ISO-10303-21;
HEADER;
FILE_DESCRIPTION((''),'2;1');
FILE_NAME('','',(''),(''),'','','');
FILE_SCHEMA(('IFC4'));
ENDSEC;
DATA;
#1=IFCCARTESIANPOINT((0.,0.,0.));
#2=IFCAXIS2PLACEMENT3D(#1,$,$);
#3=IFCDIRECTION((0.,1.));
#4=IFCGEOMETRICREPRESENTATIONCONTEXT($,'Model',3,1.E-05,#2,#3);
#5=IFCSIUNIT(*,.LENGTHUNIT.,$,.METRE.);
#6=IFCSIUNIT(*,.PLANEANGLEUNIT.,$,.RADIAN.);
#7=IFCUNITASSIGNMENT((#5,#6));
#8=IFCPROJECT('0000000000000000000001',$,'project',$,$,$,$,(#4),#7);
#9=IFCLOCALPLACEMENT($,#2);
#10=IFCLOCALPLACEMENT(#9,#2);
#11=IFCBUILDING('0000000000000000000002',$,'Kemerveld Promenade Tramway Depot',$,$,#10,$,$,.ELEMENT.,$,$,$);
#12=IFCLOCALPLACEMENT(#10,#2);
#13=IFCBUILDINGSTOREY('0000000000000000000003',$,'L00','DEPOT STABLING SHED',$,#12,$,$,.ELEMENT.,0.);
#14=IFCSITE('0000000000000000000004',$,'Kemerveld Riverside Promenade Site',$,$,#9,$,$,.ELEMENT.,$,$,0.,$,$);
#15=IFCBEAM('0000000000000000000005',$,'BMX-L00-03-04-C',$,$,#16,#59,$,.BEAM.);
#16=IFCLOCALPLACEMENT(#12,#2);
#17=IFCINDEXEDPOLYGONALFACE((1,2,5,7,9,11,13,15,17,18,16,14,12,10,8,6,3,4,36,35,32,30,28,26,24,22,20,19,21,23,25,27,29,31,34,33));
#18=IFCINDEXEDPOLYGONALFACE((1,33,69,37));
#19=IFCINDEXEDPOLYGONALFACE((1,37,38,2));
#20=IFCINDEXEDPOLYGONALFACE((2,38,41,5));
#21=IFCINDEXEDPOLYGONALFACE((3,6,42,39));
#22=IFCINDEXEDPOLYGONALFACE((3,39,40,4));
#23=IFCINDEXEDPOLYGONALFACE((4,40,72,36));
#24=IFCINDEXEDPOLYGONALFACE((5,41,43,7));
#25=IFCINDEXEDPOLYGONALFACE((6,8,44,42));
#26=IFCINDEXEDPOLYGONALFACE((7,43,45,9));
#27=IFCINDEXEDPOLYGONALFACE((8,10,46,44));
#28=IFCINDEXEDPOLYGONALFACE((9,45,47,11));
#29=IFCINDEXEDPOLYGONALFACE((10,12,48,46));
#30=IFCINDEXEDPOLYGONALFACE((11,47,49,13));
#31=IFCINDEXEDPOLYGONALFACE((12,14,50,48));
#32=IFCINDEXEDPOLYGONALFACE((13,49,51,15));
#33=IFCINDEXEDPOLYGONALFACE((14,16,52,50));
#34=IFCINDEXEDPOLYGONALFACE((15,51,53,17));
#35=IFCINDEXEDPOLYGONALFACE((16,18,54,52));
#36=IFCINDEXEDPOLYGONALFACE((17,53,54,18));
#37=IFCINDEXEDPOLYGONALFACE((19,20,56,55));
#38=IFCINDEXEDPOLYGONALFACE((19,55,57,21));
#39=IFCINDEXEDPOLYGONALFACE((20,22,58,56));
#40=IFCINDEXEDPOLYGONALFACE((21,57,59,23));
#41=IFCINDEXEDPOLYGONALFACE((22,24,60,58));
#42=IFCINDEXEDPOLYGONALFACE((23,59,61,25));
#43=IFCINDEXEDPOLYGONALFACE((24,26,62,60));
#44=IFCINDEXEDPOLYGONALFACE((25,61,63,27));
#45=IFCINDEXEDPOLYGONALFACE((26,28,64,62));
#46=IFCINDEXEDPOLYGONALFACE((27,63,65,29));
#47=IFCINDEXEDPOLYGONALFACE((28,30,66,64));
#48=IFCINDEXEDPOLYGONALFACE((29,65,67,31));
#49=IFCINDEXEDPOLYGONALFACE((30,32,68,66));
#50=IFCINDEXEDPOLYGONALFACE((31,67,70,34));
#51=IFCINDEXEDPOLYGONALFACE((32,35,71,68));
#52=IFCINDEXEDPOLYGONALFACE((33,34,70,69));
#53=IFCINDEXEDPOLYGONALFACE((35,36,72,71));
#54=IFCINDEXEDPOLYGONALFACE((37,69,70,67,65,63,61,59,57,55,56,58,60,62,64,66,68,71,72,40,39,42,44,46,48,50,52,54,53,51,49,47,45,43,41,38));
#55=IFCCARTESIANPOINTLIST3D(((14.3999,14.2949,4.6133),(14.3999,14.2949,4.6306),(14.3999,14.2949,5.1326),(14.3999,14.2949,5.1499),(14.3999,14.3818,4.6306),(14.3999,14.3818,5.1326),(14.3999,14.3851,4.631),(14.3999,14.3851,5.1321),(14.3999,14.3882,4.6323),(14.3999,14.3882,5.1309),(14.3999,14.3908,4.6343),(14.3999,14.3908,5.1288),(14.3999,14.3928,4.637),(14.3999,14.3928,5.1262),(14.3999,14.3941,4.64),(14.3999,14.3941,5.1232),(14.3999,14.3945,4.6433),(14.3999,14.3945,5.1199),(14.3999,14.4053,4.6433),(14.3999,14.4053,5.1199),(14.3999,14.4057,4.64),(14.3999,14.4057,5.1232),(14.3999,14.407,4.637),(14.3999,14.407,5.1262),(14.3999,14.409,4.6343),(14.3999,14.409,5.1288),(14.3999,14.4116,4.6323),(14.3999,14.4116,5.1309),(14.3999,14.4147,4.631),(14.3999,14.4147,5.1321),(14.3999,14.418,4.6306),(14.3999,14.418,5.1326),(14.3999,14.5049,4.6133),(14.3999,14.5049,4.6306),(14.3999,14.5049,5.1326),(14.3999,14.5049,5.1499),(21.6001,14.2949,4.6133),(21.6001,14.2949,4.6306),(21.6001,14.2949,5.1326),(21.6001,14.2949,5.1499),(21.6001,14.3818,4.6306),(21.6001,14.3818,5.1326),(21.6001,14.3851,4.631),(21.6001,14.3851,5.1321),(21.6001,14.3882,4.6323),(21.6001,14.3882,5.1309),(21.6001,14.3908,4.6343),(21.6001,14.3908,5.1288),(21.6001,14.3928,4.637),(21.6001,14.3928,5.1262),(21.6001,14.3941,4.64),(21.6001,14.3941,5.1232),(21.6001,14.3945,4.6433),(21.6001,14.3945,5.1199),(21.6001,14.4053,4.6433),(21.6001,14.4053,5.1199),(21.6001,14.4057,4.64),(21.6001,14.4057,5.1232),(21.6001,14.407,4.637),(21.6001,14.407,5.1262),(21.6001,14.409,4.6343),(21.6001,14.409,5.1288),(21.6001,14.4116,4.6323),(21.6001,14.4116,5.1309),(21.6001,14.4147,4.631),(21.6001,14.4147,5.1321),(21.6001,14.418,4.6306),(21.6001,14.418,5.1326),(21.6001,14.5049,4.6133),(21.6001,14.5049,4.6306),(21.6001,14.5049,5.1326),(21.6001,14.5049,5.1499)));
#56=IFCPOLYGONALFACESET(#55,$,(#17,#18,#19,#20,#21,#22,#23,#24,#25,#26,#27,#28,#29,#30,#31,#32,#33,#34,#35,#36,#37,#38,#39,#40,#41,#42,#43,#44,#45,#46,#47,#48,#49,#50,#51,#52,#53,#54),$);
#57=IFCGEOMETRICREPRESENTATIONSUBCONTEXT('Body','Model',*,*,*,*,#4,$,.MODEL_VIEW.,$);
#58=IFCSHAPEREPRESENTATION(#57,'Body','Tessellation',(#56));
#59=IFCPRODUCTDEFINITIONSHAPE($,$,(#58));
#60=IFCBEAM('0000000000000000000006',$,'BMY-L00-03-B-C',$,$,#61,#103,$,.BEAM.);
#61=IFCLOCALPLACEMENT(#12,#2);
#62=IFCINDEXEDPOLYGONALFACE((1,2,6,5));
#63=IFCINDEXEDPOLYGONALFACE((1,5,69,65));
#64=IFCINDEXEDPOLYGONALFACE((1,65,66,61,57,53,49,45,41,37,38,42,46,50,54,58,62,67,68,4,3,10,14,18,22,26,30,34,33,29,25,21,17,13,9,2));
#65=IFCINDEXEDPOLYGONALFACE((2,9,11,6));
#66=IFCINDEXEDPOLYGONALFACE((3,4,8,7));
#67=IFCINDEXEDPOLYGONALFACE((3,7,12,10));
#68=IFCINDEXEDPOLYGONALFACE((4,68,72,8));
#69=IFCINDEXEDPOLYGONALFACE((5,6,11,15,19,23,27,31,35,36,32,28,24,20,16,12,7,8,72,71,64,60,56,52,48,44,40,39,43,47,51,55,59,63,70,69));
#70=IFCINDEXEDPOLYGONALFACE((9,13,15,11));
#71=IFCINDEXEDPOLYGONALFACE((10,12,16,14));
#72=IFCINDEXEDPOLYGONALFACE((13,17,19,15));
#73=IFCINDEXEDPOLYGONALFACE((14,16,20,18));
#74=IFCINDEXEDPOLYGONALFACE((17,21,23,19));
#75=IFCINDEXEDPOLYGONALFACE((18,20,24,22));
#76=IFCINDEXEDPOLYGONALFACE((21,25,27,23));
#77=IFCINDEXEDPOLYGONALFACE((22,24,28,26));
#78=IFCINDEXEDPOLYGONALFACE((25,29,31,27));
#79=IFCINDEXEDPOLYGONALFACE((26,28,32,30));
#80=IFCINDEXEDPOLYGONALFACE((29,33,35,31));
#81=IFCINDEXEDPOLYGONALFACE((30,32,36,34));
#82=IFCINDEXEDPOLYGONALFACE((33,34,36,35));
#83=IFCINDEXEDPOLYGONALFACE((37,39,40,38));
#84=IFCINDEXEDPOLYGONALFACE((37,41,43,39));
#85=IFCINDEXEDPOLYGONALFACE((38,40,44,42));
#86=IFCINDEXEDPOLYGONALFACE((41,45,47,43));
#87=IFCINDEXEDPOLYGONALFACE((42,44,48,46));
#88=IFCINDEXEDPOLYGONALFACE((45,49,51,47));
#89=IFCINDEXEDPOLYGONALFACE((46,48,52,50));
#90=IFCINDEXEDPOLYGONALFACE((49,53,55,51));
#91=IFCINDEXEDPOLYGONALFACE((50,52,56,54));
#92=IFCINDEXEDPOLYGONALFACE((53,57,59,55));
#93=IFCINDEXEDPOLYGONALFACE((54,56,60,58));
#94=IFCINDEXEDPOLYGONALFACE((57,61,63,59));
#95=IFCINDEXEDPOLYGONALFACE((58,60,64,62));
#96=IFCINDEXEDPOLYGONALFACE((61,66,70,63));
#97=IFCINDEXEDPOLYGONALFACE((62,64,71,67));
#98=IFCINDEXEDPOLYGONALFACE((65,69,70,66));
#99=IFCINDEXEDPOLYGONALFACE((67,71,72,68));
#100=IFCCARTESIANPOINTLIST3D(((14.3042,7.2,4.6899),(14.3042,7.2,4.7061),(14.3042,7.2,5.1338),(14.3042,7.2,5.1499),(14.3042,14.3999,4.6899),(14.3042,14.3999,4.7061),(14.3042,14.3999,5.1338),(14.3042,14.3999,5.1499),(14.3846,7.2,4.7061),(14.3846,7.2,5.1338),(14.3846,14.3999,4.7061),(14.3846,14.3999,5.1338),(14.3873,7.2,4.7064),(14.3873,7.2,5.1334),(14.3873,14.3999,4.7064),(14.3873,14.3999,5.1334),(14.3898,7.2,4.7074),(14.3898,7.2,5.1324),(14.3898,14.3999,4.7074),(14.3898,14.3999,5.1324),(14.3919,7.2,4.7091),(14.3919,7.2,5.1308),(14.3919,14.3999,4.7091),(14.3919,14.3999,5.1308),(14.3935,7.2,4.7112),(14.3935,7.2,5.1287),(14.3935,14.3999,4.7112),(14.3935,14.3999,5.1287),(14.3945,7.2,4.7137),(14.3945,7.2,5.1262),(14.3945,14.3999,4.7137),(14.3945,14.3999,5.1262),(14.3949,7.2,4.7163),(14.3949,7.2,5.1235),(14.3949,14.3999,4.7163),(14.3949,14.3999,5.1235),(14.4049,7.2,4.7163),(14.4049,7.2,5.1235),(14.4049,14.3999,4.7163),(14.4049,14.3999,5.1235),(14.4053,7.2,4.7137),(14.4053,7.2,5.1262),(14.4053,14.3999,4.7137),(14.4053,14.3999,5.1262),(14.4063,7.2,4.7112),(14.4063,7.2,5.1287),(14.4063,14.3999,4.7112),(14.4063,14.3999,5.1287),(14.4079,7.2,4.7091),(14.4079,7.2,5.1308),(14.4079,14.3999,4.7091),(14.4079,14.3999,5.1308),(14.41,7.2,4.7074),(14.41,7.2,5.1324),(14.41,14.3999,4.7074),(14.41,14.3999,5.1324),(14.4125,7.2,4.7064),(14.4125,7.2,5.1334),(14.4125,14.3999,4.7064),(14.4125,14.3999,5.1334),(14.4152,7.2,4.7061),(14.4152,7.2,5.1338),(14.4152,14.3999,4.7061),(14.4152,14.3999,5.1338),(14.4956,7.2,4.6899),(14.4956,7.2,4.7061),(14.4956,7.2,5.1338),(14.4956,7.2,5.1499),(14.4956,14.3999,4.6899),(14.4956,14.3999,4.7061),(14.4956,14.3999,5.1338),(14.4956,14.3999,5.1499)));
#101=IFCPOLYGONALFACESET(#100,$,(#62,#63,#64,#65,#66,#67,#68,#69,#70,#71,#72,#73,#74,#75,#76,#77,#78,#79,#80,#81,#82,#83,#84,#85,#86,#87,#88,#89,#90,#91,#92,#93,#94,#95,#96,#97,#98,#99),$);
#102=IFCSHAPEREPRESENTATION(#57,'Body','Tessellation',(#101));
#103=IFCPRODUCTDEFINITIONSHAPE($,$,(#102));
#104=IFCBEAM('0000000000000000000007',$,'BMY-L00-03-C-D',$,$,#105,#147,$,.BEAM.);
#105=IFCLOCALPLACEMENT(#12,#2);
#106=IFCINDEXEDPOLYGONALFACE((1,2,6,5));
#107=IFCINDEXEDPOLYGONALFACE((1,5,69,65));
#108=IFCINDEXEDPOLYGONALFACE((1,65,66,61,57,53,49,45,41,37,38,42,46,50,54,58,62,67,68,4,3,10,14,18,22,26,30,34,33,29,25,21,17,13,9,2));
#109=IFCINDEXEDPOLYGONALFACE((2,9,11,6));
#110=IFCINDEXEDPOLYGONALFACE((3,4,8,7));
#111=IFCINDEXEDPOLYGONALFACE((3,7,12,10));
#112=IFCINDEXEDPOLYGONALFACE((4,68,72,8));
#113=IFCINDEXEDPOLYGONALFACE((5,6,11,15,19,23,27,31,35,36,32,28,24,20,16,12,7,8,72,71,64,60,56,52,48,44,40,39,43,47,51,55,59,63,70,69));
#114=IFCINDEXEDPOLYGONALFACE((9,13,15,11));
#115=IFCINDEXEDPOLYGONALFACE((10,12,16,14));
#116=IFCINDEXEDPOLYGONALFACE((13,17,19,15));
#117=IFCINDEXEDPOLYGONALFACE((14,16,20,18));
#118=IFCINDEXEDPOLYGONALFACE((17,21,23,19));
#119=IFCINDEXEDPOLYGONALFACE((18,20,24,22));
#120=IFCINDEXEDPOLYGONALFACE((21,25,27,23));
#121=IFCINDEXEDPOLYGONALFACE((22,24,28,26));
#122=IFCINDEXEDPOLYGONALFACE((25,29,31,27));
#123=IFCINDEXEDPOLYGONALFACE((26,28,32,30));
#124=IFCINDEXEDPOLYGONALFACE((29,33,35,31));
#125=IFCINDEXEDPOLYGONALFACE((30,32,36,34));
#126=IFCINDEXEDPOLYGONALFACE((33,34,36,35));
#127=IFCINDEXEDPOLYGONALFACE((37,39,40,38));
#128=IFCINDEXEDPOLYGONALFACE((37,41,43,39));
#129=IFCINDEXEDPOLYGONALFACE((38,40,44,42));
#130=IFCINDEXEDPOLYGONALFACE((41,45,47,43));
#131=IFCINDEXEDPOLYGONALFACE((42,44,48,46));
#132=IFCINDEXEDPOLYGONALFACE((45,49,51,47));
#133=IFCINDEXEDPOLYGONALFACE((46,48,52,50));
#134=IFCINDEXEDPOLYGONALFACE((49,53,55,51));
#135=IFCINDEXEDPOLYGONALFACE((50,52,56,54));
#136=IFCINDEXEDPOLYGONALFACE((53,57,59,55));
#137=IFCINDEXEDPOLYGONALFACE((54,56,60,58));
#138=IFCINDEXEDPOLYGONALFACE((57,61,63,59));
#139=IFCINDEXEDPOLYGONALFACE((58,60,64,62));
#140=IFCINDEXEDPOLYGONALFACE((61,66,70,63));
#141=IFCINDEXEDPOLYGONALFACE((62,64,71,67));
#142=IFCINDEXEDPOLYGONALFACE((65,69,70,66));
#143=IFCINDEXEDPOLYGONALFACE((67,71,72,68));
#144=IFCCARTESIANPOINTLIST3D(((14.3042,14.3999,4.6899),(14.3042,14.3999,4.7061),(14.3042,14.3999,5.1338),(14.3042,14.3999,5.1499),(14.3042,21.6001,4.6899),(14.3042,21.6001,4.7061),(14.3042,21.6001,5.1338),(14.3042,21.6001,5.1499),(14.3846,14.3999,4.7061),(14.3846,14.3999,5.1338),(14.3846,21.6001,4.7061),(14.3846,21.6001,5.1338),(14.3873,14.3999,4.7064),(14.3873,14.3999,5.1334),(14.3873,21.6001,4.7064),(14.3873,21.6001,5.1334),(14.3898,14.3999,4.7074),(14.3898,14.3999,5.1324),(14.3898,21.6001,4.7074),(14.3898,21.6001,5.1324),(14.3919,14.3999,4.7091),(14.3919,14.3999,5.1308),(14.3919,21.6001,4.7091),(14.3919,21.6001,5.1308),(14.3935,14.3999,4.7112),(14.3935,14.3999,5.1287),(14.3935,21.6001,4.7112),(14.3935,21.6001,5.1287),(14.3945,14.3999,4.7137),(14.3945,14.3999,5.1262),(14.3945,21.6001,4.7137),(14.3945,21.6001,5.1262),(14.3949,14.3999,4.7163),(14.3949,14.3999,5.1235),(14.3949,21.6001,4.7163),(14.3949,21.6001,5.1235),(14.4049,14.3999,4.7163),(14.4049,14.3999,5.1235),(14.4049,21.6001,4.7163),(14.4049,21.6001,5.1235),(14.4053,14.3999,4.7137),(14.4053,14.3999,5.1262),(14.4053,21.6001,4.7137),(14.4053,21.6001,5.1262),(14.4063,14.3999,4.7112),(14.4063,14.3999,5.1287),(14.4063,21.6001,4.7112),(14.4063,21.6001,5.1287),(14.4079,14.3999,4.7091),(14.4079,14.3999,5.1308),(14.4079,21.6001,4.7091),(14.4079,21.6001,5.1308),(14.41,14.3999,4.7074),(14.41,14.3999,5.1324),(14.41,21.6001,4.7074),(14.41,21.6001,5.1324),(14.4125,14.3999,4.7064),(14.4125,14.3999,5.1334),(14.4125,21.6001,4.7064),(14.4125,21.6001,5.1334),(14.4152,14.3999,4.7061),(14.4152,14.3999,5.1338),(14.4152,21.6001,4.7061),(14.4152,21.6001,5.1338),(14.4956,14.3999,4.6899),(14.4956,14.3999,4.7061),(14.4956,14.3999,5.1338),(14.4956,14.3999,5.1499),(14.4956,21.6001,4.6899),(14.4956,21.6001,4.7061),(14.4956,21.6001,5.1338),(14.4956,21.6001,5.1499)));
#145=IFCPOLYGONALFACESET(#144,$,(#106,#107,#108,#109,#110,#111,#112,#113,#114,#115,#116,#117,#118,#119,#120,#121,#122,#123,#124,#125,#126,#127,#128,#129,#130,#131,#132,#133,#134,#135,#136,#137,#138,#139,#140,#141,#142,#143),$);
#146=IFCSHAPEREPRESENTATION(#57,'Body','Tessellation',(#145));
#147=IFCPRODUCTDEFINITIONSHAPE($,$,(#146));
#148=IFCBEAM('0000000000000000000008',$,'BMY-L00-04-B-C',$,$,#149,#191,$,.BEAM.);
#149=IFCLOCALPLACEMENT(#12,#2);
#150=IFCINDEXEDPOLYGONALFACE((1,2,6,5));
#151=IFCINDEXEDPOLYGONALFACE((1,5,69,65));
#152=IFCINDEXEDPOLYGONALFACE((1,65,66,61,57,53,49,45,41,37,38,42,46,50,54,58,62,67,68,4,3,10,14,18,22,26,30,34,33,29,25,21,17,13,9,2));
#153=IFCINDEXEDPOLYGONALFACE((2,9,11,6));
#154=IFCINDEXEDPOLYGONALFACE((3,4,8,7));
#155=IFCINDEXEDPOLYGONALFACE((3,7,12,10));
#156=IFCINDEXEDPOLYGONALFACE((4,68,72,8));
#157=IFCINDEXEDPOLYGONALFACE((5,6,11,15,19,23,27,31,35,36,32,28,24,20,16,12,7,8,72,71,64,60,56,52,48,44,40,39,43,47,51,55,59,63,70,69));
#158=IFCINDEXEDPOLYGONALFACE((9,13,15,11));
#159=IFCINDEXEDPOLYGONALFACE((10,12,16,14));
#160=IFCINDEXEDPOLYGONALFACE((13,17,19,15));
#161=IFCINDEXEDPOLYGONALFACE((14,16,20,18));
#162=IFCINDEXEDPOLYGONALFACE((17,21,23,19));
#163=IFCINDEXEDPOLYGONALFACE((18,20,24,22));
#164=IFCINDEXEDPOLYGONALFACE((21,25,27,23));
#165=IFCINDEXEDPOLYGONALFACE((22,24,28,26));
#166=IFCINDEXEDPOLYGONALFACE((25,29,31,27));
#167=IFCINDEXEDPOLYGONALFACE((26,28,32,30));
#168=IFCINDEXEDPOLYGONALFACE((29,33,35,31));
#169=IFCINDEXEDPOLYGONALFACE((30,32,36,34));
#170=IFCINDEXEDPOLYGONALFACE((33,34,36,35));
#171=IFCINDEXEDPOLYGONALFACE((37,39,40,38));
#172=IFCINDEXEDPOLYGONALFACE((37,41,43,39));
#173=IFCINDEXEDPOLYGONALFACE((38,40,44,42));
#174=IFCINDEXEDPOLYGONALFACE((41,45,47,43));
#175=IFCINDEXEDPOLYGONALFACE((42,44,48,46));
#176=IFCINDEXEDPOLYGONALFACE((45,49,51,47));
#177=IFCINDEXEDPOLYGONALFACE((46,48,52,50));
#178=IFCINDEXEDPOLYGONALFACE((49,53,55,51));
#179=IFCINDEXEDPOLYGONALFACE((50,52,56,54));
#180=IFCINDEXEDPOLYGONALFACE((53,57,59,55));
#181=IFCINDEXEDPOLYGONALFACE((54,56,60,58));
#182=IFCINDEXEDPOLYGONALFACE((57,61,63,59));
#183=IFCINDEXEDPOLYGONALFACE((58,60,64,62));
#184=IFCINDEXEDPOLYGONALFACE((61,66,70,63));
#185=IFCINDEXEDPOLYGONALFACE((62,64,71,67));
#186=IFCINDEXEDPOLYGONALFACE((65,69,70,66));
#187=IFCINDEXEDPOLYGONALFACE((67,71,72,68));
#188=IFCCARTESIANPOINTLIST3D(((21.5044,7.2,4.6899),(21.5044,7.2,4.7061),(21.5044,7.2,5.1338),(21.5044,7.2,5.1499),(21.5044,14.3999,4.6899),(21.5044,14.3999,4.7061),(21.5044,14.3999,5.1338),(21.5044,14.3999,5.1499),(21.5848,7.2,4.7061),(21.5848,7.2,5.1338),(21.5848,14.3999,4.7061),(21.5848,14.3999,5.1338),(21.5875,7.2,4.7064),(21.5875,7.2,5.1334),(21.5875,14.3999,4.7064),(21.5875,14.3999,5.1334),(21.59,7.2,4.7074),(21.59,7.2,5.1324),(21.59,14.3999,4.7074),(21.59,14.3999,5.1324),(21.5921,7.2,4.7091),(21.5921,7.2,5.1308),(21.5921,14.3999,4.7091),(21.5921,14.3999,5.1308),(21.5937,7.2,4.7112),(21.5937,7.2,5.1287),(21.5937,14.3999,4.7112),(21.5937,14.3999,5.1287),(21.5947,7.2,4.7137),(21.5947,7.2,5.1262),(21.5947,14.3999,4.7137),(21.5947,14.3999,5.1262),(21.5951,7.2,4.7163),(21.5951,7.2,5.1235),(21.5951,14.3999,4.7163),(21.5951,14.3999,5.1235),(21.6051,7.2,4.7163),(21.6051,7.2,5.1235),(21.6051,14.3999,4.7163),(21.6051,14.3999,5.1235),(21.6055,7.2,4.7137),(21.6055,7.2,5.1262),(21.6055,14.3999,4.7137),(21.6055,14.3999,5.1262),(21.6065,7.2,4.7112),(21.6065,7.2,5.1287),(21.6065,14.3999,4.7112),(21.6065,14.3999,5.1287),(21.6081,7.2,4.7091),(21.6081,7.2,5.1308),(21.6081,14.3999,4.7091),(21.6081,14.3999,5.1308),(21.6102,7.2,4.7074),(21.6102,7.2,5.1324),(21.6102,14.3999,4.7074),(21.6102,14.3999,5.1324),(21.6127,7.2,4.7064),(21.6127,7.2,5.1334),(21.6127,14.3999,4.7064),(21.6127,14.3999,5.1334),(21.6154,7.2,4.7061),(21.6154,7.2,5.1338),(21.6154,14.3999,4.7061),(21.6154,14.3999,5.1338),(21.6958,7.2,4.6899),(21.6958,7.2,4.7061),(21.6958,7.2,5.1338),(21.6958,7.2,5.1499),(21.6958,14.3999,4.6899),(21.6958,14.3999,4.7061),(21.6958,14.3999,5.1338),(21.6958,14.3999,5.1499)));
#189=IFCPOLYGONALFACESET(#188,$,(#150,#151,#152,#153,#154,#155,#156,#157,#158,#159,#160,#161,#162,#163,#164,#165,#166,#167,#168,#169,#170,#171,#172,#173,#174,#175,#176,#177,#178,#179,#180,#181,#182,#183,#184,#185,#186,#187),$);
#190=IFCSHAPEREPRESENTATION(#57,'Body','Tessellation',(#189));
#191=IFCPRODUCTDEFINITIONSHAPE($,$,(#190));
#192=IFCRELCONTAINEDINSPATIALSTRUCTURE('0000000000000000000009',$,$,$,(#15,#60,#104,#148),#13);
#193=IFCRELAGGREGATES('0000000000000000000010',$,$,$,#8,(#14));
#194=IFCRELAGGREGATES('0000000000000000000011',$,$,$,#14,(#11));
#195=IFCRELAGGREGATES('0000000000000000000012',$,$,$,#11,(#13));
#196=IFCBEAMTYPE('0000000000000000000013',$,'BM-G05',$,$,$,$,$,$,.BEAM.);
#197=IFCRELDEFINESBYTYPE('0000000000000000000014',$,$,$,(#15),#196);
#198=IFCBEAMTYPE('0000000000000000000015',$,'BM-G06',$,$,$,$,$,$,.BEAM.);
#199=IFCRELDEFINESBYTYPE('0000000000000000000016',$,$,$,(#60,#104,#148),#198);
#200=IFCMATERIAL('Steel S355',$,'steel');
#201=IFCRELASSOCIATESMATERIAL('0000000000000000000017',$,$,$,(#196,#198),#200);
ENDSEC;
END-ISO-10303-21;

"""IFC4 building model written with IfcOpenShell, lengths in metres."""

from ifc_helpers import new_model, si_unit, direction, frame, origin, origin_2d, place, context, subcontext, project, spatial, i_section, extrude, material, material_profile, profile_set, type_object, element, save


model = new_model("IFC4")

# Units and contexts
model_context = context("Model", 3, precision=1e-05, world=origin(), true_north=direction((0.0, 1.0)))
body_context = subcontext(model_context, "Body", "Model", "MODEL_VIEW")
ifc_project = project(units=[si_unit("LENGTHUNIT", "METRE"), si_unit("PLANEANGLEUNIT", "RADIAN")], contexts=[model_context])

# Site, building, storey
site_placement = place(None, origin())
site = spatial("IfcSite", under=ifc_project, at=site_placement, Name="Kemerveld Riverside Promenade Site", CompositionType="ELEMENT", RefElevation=0.0)
building_placement = place(site_placement, origin())
building = spatial("IfcBuilding", under=site, at=building_placement, Name="Kemerveld Promenade Tramway Depot", CompositionType="ELEMENT")
storey_placement = place(building_placement, origin())
storey = spatial("IfcBuildingStorey", under=building, at=storey_placement, Name="L00", Description="DEPOT STABLING SHED", CompositionType="ELEMENT", Elevation=0.0)

# Shared definitions
ifc_material_1 = material(Name="Steel S355", Category="steel")

# Beams
ifc_material_profile_1 = material_profile(ifc_material_1, i_section(OverallWidth=0.21, OverallDepth=0.5366, WebThickness=0.0107, FlangeThickness=0.0173, FilletRadius=0.0127, at=origin_2d()), Name="533x210x101 UB")
ifc_profile_set_1 = profile_set([ifc_material_profile_1], Name="Steel S355")
beam_type_1 = type_object("IfcBeamType", Name="BM-G05", PredefinedType="BEAM", material=ifc_profile_set_1)
beam_1_placement = place(storey_placement, frame((14.3999, 14.3999, 4.8816), z_axis=(1.0, 0.0, 0.0), x_axis=(0.0, 1.0, 0.0)))
element("IfcBeam", 1, at=beam_1_placement, inside=storey, type_object=beam_type_1, Name="BMX-L00-03-04-C", PredefinedType="BEAM", context=body_context, shape_type="SweptSolid", body=[
    extrude(i_section(OverallWidth=0.21, OverallDepth=0.5366, WebThickness=0.0107, FlangeThickness=0.0173, FilletRadius=0.0127, at=origin_2d()), origin(), (0.0, 0.0, 1.0), 7.2002),
])
ifc_material_profile_2 = material_profile(ifc_material_1, i_section(OverallWidth=0.1914, OverallDepth=0.46, WebThickness=0.01, FlangeThickness=0.0161, FilletRadius=0.0103, at=origin_2d()), Name="457x191x82 UB")
ifc_profile_set_2 = profile_set([ifc_material_profile_2], Name="Steel S355")
beam_type_2 = type_object("IfcBeamType", Name="BM-G06", PredefinedType="BEAM", material=ifc_profile_set_2)
beam_2_placement = place(storey_placement, frame((14.3999, 7.2, 4.9199), z_axis=(0.0, 1.0, 0.0), x_axis=(-1.0, 0.0, 0.0)))
element("IfcBeam", 2, at=beam_2_placement, inside=storey, type_object=beam_type_2, Name="BMY-L00-03-B-C", PredefinedType="BEAM", context=body_context, shape_type="SweptSolid", body=[
    extrude(i_section(OverallWidth=0.1914, OverallDepth=0.46, WebThickness=0.01, FlangeThickness=0.0161, FilletRadius=0.0103, at=origin_2d()), origin(), (0.0, 0.0, 1.0), 7.2),
])
beam_3_placement = place(storey_placement, frame((14.3999, 14.3999, 4.9199), z_axis=(0.0, 1.0, 0.0), x_axis=(-1.0, 0.0, 0.0)))
element("IfcBeam", 3, at=beam_3_placement, inside=storey, type_object=beam_type_2, Name="BMY-L00-03-C-D", PredefinedType="BEAM", context=body_context, shape_type="SweptSolid", body=[
    extrude(i_section(OverallWidth=0.1914, OverallDepth=0.46, WebThickness=0.01, FlangeThickness=0.0161, FilletRadius=0.0103, at=origin_2d()), origin(), (0.0, 0.0, 1.0), 7.2002),
])
beam_4_placement = place(storey_placement, frame((21.6001, 7.2, 4.9199), z_axis=(0.0, 1.0, 0.0), x_axis=(-1.0, 0.0, 0.0)))
element("IfcBeam", 4, at=beam_4_placement, inside=storey, type_object=beam_type_2, Name="BMY-L00-04-B-C", PredefinedType="BEAM", context=body_context, shape_type="SweptSolid", body=[
    extrude(i_section(OverallWidth=0.1914, OverallDepth=0.46, WebThickness=0.01, FlangeThickness=0.0161, FilletRadius=0.0103, at=origin_2d()), origin(), (0.0, 0.0, 1.0), 7.2),
])

save(model, "model.ifc")
